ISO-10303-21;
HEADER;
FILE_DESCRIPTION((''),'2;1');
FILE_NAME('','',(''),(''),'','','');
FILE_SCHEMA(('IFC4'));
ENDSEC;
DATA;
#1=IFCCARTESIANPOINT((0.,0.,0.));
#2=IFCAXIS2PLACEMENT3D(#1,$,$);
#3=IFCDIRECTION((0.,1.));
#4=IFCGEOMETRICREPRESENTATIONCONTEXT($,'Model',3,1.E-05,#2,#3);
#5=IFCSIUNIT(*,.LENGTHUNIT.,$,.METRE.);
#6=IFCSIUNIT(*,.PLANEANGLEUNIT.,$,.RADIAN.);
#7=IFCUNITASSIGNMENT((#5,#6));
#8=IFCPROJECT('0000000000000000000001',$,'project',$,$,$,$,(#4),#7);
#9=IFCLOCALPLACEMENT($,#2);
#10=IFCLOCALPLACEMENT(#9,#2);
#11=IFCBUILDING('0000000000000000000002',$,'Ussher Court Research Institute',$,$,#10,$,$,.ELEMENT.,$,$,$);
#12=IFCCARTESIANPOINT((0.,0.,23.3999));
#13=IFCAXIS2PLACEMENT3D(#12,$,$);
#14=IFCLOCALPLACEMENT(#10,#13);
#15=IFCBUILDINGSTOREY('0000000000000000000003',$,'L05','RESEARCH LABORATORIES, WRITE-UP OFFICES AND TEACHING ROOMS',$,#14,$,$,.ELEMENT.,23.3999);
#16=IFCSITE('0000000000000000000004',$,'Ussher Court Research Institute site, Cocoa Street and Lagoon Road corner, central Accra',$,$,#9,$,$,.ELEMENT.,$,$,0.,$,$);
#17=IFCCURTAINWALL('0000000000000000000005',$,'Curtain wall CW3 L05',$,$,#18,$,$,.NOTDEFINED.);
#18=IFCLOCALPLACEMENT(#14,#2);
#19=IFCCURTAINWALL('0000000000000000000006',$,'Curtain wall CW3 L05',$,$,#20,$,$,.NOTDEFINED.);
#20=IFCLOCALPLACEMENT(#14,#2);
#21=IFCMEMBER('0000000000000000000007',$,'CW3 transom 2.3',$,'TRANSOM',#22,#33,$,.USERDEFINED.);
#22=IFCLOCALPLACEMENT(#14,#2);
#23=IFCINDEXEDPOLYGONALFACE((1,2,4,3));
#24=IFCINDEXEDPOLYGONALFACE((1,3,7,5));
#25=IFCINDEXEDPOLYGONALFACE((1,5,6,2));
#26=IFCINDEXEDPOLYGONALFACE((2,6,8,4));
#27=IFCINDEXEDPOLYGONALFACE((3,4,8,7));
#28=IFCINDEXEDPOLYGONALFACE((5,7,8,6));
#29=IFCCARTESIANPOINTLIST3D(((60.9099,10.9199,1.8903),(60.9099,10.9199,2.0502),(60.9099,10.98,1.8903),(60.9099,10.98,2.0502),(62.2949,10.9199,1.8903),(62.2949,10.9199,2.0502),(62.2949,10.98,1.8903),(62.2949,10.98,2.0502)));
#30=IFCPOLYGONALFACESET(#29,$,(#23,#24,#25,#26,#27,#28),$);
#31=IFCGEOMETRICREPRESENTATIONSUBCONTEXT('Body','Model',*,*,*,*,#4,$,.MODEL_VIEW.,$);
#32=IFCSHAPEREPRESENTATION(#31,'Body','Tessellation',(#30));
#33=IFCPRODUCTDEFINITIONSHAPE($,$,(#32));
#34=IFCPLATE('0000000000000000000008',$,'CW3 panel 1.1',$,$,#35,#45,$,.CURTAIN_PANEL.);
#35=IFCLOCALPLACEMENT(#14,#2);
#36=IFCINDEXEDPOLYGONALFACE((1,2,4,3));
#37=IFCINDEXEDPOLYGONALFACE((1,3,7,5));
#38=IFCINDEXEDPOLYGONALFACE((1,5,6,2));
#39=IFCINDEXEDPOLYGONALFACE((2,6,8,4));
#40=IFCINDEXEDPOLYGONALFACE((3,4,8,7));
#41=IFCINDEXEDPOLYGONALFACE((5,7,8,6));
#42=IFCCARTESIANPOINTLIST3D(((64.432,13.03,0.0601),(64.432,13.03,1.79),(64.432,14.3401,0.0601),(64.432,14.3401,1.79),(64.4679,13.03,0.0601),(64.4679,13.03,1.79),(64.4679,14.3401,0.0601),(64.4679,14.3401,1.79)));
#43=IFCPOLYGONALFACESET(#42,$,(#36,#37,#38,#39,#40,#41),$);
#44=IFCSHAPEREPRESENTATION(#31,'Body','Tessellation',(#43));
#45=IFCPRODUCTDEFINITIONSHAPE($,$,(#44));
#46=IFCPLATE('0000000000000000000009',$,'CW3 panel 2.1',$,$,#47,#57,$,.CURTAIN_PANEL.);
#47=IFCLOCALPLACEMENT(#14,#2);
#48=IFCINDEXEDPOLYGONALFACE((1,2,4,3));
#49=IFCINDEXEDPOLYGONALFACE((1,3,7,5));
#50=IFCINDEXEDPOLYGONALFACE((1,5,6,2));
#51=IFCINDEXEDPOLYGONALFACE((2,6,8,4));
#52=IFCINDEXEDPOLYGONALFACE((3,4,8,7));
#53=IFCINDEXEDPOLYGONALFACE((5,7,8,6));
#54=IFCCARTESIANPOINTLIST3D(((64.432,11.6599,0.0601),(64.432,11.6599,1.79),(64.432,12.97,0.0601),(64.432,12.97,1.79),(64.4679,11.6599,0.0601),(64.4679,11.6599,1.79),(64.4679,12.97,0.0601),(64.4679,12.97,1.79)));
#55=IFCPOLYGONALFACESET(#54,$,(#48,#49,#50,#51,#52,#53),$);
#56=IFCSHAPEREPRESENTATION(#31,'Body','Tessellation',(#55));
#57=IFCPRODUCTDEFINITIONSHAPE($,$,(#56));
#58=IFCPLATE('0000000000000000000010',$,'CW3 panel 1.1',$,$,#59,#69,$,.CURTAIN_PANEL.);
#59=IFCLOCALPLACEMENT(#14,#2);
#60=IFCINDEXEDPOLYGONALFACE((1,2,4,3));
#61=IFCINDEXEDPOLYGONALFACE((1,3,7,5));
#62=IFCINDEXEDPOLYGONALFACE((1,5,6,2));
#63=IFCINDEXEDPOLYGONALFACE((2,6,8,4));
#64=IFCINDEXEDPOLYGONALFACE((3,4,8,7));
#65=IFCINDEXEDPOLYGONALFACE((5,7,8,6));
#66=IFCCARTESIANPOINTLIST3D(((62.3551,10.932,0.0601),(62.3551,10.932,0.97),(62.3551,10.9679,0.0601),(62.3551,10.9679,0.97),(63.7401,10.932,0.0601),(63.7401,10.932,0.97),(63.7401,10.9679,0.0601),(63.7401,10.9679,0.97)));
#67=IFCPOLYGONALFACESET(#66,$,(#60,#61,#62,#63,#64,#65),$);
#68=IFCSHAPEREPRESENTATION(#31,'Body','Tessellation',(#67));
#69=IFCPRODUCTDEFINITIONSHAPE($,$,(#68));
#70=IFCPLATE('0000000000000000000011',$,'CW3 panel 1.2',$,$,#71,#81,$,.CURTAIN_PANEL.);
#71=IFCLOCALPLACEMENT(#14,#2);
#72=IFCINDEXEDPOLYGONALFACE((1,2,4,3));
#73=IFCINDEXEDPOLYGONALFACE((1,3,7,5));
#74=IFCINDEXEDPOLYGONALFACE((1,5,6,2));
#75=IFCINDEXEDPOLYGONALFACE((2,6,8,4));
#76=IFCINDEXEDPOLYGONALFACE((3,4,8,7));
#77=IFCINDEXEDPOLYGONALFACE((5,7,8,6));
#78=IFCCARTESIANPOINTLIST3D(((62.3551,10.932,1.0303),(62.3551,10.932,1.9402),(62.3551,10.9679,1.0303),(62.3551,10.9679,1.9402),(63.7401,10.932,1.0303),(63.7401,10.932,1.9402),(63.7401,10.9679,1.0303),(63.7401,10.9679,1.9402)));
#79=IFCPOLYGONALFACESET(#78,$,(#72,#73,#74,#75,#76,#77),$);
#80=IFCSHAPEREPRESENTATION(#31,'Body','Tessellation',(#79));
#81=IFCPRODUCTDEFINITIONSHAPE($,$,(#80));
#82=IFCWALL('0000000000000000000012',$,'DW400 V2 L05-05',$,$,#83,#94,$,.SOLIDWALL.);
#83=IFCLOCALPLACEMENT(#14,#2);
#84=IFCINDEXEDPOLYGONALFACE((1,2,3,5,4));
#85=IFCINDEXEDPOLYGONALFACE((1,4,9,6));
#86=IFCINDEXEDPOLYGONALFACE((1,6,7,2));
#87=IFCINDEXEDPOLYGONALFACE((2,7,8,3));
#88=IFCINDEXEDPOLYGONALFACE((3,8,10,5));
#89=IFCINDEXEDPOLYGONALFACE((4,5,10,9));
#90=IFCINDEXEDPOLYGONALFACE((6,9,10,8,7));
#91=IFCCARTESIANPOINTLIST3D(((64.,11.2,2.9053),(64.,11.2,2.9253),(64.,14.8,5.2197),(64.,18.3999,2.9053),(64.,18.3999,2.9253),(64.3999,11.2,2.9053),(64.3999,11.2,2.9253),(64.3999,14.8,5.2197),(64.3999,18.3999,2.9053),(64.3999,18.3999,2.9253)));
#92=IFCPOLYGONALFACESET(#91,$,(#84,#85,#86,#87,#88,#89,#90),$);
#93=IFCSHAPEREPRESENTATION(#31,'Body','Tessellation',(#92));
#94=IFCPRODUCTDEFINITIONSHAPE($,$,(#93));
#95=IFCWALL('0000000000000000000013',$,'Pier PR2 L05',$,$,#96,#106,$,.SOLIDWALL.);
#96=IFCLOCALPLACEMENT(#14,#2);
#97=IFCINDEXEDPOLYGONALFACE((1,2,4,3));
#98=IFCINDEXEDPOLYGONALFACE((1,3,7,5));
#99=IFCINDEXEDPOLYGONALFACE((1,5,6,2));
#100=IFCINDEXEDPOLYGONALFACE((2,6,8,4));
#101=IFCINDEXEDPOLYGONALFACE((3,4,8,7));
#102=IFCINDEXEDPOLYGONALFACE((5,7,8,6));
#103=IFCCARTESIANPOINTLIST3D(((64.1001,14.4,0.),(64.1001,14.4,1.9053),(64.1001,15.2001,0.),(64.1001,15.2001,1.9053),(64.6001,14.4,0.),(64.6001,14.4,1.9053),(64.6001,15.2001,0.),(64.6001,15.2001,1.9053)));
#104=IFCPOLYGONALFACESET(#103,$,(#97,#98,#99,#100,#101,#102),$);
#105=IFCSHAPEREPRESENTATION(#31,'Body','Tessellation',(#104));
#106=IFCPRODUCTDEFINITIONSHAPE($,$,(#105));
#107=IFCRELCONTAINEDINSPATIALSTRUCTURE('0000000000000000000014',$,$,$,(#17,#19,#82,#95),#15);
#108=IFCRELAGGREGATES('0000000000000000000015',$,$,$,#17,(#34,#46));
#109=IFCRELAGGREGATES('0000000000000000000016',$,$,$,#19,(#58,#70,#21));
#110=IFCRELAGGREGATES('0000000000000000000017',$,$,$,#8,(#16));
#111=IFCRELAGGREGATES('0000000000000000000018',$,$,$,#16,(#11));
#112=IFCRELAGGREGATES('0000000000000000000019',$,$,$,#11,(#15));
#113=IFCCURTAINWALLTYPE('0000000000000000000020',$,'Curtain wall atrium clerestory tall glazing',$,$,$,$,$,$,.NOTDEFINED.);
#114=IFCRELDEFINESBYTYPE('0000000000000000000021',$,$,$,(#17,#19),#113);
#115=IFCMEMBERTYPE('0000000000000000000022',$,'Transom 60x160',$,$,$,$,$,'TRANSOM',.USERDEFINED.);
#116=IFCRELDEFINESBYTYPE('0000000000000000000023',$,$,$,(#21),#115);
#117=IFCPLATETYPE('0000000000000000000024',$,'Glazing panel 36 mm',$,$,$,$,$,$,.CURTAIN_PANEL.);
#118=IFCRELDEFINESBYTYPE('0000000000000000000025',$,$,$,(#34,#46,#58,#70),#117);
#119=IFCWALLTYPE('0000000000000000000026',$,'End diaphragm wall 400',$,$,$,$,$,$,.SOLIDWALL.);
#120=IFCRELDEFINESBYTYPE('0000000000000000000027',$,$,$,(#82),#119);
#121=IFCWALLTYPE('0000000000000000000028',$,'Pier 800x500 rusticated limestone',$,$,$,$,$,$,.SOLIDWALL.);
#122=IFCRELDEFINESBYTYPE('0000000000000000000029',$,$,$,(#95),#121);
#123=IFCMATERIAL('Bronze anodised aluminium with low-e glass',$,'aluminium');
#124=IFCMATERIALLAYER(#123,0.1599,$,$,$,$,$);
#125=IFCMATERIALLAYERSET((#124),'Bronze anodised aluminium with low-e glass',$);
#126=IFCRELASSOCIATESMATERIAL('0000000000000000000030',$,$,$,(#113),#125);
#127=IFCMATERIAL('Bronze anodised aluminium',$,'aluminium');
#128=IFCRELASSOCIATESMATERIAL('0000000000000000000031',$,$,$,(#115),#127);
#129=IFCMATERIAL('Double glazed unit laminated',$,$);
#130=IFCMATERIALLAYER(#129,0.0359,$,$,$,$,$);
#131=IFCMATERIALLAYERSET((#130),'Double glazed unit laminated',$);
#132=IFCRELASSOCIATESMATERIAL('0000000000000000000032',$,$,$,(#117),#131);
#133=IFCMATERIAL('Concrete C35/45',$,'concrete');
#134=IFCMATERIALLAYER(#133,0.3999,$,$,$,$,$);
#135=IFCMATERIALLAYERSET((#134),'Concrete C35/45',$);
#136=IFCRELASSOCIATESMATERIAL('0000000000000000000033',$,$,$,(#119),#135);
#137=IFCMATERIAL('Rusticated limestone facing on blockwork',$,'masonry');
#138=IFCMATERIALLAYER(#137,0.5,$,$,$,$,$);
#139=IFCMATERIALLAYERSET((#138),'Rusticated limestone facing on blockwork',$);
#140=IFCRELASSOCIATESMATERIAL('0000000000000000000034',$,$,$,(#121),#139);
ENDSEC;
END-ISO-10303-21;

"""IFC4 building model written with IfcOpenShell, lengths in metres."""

from ifc_helpers import new_model, si_unit, direction, frame, frame_2d, origin, origin_2d, place, context, subcontext, project, spatial, polyline, rectangle, outline, extrude, material, layer, layer_set, material_profile, profile_set, type_object, element, aggregate, save


model = new_model("IFC4")

# Units and contexts
model_context = context("Model", 3, precision=1e-05, world=origin(), true_north=direction((0.0, 1.0)))
body_context = subcontext(model_context, "Body", "Model", "MODEL_VIEW")
ifc_project = project(units=[si_unit("LENGTHUNIT", "METRE"), si_unit("PLANEANGLEUNIT", "RADIAN")], contexts=[model_context])

# Site, building, storey
site_placement = place(None, origin())
site = spatial("IfcSite", under=ifc_project, at=site_placement, Name="Ussher Court Research Institute site, Cocoa Street and Lagoon Road corner, central Accra", CompositionType="ELEMENT", RefElevation=0.0)
building_placement = place(site_placement, origin())
building = spatial("IfcBuilding", under=site, at=building_placement, Name="Ussher Court Research Institute", CompositionType="ELEMENT")
storey_placement = place(building_placement, frame((0.0, 0.0, 23.3999)))
storey = spatial("IfcBuildingStorey", under=building, at=storey_placement, Name="L05", Description="RESEARCH LABORATORIES, WRITE-UP OFFICES AND TEACHING ROOMS", CompositionType="ELEMENT", Elevation=23.3999)

# Curtain walls
ifc_material_1 = material(Name="Bronze anodised aluminium with low-e glass", Category="aluminium")
ifc_layer_1 = layer(ifc_material_1, 0.1599)
ifc_layer_set_1 = layer_set([ifc_layer_1], Name="Bronze anodised aluminium with low-e glass")
curtain_wall_type = type_object("IfcCurtainWallType", Name="Curtain wall atrium clerestory tall glazing", PredefinedType="NOTDEFINED", material=ifc_layer_set_1)
curtain_wall_1_placement = place(storey_placement, origin())
curtain_wall_1 = element("IfcCurtainWall", 1, at=curtain_wall_1_placement, inside=storey, type_object=curtain_wall_type, Name="Curtain wall CW3 L05", PredefinedType="NOTDEFINED")
curtain_wall_2_placement = place(storey_placement, origin())
curtain_wall_2 = element("IfcCurtainWall", 2, at=curtain_wall_2_placement, inside=storey, type_object=curtain_wall_type, Name="Curtain wall CW3 L05", PredefinedType="NOTDEFINED")

# Member
ifc_material_2 = material(Name="Bronze anodised aluminium", Category="aluminium")
ifc_material_profile_1 = material_profile(ifc_material_2, rectangle(XDim=0.0601, YDim=0.1599, at=origin_2d()), Name="Transom 60x160")
ifc_profile_set_1 = profile_set([ifc_material_profile_1], Name="Bronze anodised aluminium")
member_type_1 = type_object("IfcMemberType", Name="Transom 60x160", ElementType="TRANSOM", PredefinedType="USERDEFINED", material=ifc_profile_set_1)
member_1_placement = place(storey_placement, frame((62.2949, 10.95, 1.9702), z_axis=(-1.0, 0.0, 0.0), x_axis=(0.0, -1.0, 0.0)))
member_1 = element("IfcMember", 3, at=member_1_placement, type_object=member_type_1, Name="CW3 transom 2.3", ObjectType="TRANSOM", PredefinedType="USERDEFINED", context=body_context, shape_type="SweptSolid", body=[
    extrude(rectangle(XDim=0.0601, YDim=0.1599, at=origin_2d()), origin(), (0.0, 0.0, 1.0), 1.385),
])

# Plates
ifc_material_3 = material(Name="Double glazed unit laminated")
ifc_layer_2 = layer(ifc_material_3, 0.0359)
ifc_layer_set_2 = layer_set([ifc_layer_2], Name="Double glazed unit laminated")
plate_type = type_object("IfcPlateType", Name="Glazing panel 36 mm", PredefinedType="CURTAIN_PANEL", material=ifc_layer_set_2)
plate_1_placement = place(storey_placement, frame((64.45, 13.6851, 0.0601), z_axis=(0.0, 0.0, 1.0), x_axis=(0.0, -1.0, 0.0)))
plate_1 = element("IfcPlate", 4, at=plate_1_placement, type_object=plate_type, Name="CW3 panel 1.1", PredefinedType="CURTAIN_PANEL", context=body_context, shape_type="SweptSolid", body=[
    extrude(rectangle(XDim=1.3101, YDim=0.0359, at=origin_2d()), origin(), (0.0, 0.0, 1.0), 1.73),
])
plate_2_placement = place(storey_placement, frame((64.45, 12.3149, 0.0601), z_axis=(0.0, 0.0, 1.0), x_axis=(0.0, -1.0, 0.0)))
plate_2 = element("IfcPlate", 5, at=plate_2_placement, type_object=plate_type, Name="CW3 panel 2.1", PredefinedType="CURTAIN_PANEL", context=body_context, shape_type="SweptSolid", body=[
    extrude(rectangle(XDim=1.3101, YDim=0.0359, at=origin_2d()), origin(), (0.0, 0.0, 1.0), 1.73),
])
aggregate(curtain_wall_1, [plate_1, plate_2])
plate_3_placement = place(storey_placement, frame((63.0476, 10.95, 0.0601), z_axis=(0.0, 0.0, 1.0), x_axis=(-1.0, 0.0, 0.0)))
plate_3 = element("IfcPlate", 6, at=plate_3_placement, type_object=plate_type, Name="CW3 panel 1.1", PredefinedType="CURTAIN_PANEL", context=body_context, shape_type="SweptSolid", body=[
    extrude(rectangle(XDim=1.385, YDim=0.0359, at=origin_2d()), origin(), (0.0, 0.0, 1.0), 0.9099),
])
plate_4_placement = place(storey_placement, frame((63.0476, 10.95, 1.0303), z_axis=(0.0, 0.0, 1.0), x_axis=(-1.0, 0.0, 0.0)))
plate_4 = element("IfcPlate", 7, at=plate_4_placement, type_object=plate_type, Name="CW3 panel 1.2", PredefinedType="CURTAIN_PANEL", context=body_context, shape_type="SweptSolid", body=[
    extrude(rectangle(XDim=1.385, YDim=0.0359, at=origin_2d()), origin(), (0.0, 0.0, 1.0), 0.9099),
])
aggregate(curtain_wall_2, [plate_3, plate_4, member_1])

# Walls
ifc_material_4 = material(Name="Concrete C35/45", Category="concrete")
ifc_layer_3 = layer(ifc_material_4, 0.3999)
ifc_layer_set_3 = layer_set([ifc_layer_3], Name="Concrete C35/45")
wall_type_1 = type_object("IfcWallType", Name="End diaphragm wall 400", PredefinedType="SOLIDWALL", material=ifc_layer_set_3)
wall_1_placement = place(storey_placement, frame((64.2, 11.2, 2.9053), z_axis=(0.0, 0.0, 1.0), x_axis=(0.0, 1.0, 0.0)))
element("IfcWall", 8, at=wall_1_placement, inside=storey, type_object=wall_type_1, Name="DW400 V2 L05-05", PredefinedType="SOLIDWALL", context=body_context, shape_type="SweptSolid", body=[
    extrude(outline(polyline([(0.0, 0.0), (7.2, 0.0), (7.2, 0.02), (3.6001, 2.3145), (0.0, 0.02), (0.0, 0.0)])), frame((0.0, 0.2, 0.0), z_axis=(0.0, -1.0, 0.0), x_axis=(1.0, 0.0, 0.0)), (0.0, 0.0, 1.0), 0.3999),
])
ifc_material_5 = material(Name="Rusticated limestone facing on blockwork", Category="masonry")
ifc_layer_4 = layer(ifc_material_5, 0.5)
ifc_layer_set_4 = layer_set([ifc_layer_4], Name="Rusticated limestone facing on blockwork")
wall_type_2 = type_object("IfcWallType", Name="Pier 800x500 rusticated limestone", PredefinedType="SOLIDWALL", material=ifc_layer_set_4)
wall_2_placement = place(storey_placement, frame((64.3501, 15.2, 0.0), z_axis=(0.0, 0.0, 1.0), x_axis=(0.0, -1.0, 0.0)))
element("IfcWall", 9, at=wall_2_placement, inside=storey, type_object=wall_type_2, Name="Pier PR2 L05", PredefinedType="SOLIDWALL", context=body_context, shape_type="SweptSolid", body=[
    extrude(rectangle(XDim=0.8, YDim=0.5, at=frame_2d((0.3999, 0.0))), origin(), (0.0, 0.0, 1.0), 1.9053),
])

save(model, "model.ifc")
